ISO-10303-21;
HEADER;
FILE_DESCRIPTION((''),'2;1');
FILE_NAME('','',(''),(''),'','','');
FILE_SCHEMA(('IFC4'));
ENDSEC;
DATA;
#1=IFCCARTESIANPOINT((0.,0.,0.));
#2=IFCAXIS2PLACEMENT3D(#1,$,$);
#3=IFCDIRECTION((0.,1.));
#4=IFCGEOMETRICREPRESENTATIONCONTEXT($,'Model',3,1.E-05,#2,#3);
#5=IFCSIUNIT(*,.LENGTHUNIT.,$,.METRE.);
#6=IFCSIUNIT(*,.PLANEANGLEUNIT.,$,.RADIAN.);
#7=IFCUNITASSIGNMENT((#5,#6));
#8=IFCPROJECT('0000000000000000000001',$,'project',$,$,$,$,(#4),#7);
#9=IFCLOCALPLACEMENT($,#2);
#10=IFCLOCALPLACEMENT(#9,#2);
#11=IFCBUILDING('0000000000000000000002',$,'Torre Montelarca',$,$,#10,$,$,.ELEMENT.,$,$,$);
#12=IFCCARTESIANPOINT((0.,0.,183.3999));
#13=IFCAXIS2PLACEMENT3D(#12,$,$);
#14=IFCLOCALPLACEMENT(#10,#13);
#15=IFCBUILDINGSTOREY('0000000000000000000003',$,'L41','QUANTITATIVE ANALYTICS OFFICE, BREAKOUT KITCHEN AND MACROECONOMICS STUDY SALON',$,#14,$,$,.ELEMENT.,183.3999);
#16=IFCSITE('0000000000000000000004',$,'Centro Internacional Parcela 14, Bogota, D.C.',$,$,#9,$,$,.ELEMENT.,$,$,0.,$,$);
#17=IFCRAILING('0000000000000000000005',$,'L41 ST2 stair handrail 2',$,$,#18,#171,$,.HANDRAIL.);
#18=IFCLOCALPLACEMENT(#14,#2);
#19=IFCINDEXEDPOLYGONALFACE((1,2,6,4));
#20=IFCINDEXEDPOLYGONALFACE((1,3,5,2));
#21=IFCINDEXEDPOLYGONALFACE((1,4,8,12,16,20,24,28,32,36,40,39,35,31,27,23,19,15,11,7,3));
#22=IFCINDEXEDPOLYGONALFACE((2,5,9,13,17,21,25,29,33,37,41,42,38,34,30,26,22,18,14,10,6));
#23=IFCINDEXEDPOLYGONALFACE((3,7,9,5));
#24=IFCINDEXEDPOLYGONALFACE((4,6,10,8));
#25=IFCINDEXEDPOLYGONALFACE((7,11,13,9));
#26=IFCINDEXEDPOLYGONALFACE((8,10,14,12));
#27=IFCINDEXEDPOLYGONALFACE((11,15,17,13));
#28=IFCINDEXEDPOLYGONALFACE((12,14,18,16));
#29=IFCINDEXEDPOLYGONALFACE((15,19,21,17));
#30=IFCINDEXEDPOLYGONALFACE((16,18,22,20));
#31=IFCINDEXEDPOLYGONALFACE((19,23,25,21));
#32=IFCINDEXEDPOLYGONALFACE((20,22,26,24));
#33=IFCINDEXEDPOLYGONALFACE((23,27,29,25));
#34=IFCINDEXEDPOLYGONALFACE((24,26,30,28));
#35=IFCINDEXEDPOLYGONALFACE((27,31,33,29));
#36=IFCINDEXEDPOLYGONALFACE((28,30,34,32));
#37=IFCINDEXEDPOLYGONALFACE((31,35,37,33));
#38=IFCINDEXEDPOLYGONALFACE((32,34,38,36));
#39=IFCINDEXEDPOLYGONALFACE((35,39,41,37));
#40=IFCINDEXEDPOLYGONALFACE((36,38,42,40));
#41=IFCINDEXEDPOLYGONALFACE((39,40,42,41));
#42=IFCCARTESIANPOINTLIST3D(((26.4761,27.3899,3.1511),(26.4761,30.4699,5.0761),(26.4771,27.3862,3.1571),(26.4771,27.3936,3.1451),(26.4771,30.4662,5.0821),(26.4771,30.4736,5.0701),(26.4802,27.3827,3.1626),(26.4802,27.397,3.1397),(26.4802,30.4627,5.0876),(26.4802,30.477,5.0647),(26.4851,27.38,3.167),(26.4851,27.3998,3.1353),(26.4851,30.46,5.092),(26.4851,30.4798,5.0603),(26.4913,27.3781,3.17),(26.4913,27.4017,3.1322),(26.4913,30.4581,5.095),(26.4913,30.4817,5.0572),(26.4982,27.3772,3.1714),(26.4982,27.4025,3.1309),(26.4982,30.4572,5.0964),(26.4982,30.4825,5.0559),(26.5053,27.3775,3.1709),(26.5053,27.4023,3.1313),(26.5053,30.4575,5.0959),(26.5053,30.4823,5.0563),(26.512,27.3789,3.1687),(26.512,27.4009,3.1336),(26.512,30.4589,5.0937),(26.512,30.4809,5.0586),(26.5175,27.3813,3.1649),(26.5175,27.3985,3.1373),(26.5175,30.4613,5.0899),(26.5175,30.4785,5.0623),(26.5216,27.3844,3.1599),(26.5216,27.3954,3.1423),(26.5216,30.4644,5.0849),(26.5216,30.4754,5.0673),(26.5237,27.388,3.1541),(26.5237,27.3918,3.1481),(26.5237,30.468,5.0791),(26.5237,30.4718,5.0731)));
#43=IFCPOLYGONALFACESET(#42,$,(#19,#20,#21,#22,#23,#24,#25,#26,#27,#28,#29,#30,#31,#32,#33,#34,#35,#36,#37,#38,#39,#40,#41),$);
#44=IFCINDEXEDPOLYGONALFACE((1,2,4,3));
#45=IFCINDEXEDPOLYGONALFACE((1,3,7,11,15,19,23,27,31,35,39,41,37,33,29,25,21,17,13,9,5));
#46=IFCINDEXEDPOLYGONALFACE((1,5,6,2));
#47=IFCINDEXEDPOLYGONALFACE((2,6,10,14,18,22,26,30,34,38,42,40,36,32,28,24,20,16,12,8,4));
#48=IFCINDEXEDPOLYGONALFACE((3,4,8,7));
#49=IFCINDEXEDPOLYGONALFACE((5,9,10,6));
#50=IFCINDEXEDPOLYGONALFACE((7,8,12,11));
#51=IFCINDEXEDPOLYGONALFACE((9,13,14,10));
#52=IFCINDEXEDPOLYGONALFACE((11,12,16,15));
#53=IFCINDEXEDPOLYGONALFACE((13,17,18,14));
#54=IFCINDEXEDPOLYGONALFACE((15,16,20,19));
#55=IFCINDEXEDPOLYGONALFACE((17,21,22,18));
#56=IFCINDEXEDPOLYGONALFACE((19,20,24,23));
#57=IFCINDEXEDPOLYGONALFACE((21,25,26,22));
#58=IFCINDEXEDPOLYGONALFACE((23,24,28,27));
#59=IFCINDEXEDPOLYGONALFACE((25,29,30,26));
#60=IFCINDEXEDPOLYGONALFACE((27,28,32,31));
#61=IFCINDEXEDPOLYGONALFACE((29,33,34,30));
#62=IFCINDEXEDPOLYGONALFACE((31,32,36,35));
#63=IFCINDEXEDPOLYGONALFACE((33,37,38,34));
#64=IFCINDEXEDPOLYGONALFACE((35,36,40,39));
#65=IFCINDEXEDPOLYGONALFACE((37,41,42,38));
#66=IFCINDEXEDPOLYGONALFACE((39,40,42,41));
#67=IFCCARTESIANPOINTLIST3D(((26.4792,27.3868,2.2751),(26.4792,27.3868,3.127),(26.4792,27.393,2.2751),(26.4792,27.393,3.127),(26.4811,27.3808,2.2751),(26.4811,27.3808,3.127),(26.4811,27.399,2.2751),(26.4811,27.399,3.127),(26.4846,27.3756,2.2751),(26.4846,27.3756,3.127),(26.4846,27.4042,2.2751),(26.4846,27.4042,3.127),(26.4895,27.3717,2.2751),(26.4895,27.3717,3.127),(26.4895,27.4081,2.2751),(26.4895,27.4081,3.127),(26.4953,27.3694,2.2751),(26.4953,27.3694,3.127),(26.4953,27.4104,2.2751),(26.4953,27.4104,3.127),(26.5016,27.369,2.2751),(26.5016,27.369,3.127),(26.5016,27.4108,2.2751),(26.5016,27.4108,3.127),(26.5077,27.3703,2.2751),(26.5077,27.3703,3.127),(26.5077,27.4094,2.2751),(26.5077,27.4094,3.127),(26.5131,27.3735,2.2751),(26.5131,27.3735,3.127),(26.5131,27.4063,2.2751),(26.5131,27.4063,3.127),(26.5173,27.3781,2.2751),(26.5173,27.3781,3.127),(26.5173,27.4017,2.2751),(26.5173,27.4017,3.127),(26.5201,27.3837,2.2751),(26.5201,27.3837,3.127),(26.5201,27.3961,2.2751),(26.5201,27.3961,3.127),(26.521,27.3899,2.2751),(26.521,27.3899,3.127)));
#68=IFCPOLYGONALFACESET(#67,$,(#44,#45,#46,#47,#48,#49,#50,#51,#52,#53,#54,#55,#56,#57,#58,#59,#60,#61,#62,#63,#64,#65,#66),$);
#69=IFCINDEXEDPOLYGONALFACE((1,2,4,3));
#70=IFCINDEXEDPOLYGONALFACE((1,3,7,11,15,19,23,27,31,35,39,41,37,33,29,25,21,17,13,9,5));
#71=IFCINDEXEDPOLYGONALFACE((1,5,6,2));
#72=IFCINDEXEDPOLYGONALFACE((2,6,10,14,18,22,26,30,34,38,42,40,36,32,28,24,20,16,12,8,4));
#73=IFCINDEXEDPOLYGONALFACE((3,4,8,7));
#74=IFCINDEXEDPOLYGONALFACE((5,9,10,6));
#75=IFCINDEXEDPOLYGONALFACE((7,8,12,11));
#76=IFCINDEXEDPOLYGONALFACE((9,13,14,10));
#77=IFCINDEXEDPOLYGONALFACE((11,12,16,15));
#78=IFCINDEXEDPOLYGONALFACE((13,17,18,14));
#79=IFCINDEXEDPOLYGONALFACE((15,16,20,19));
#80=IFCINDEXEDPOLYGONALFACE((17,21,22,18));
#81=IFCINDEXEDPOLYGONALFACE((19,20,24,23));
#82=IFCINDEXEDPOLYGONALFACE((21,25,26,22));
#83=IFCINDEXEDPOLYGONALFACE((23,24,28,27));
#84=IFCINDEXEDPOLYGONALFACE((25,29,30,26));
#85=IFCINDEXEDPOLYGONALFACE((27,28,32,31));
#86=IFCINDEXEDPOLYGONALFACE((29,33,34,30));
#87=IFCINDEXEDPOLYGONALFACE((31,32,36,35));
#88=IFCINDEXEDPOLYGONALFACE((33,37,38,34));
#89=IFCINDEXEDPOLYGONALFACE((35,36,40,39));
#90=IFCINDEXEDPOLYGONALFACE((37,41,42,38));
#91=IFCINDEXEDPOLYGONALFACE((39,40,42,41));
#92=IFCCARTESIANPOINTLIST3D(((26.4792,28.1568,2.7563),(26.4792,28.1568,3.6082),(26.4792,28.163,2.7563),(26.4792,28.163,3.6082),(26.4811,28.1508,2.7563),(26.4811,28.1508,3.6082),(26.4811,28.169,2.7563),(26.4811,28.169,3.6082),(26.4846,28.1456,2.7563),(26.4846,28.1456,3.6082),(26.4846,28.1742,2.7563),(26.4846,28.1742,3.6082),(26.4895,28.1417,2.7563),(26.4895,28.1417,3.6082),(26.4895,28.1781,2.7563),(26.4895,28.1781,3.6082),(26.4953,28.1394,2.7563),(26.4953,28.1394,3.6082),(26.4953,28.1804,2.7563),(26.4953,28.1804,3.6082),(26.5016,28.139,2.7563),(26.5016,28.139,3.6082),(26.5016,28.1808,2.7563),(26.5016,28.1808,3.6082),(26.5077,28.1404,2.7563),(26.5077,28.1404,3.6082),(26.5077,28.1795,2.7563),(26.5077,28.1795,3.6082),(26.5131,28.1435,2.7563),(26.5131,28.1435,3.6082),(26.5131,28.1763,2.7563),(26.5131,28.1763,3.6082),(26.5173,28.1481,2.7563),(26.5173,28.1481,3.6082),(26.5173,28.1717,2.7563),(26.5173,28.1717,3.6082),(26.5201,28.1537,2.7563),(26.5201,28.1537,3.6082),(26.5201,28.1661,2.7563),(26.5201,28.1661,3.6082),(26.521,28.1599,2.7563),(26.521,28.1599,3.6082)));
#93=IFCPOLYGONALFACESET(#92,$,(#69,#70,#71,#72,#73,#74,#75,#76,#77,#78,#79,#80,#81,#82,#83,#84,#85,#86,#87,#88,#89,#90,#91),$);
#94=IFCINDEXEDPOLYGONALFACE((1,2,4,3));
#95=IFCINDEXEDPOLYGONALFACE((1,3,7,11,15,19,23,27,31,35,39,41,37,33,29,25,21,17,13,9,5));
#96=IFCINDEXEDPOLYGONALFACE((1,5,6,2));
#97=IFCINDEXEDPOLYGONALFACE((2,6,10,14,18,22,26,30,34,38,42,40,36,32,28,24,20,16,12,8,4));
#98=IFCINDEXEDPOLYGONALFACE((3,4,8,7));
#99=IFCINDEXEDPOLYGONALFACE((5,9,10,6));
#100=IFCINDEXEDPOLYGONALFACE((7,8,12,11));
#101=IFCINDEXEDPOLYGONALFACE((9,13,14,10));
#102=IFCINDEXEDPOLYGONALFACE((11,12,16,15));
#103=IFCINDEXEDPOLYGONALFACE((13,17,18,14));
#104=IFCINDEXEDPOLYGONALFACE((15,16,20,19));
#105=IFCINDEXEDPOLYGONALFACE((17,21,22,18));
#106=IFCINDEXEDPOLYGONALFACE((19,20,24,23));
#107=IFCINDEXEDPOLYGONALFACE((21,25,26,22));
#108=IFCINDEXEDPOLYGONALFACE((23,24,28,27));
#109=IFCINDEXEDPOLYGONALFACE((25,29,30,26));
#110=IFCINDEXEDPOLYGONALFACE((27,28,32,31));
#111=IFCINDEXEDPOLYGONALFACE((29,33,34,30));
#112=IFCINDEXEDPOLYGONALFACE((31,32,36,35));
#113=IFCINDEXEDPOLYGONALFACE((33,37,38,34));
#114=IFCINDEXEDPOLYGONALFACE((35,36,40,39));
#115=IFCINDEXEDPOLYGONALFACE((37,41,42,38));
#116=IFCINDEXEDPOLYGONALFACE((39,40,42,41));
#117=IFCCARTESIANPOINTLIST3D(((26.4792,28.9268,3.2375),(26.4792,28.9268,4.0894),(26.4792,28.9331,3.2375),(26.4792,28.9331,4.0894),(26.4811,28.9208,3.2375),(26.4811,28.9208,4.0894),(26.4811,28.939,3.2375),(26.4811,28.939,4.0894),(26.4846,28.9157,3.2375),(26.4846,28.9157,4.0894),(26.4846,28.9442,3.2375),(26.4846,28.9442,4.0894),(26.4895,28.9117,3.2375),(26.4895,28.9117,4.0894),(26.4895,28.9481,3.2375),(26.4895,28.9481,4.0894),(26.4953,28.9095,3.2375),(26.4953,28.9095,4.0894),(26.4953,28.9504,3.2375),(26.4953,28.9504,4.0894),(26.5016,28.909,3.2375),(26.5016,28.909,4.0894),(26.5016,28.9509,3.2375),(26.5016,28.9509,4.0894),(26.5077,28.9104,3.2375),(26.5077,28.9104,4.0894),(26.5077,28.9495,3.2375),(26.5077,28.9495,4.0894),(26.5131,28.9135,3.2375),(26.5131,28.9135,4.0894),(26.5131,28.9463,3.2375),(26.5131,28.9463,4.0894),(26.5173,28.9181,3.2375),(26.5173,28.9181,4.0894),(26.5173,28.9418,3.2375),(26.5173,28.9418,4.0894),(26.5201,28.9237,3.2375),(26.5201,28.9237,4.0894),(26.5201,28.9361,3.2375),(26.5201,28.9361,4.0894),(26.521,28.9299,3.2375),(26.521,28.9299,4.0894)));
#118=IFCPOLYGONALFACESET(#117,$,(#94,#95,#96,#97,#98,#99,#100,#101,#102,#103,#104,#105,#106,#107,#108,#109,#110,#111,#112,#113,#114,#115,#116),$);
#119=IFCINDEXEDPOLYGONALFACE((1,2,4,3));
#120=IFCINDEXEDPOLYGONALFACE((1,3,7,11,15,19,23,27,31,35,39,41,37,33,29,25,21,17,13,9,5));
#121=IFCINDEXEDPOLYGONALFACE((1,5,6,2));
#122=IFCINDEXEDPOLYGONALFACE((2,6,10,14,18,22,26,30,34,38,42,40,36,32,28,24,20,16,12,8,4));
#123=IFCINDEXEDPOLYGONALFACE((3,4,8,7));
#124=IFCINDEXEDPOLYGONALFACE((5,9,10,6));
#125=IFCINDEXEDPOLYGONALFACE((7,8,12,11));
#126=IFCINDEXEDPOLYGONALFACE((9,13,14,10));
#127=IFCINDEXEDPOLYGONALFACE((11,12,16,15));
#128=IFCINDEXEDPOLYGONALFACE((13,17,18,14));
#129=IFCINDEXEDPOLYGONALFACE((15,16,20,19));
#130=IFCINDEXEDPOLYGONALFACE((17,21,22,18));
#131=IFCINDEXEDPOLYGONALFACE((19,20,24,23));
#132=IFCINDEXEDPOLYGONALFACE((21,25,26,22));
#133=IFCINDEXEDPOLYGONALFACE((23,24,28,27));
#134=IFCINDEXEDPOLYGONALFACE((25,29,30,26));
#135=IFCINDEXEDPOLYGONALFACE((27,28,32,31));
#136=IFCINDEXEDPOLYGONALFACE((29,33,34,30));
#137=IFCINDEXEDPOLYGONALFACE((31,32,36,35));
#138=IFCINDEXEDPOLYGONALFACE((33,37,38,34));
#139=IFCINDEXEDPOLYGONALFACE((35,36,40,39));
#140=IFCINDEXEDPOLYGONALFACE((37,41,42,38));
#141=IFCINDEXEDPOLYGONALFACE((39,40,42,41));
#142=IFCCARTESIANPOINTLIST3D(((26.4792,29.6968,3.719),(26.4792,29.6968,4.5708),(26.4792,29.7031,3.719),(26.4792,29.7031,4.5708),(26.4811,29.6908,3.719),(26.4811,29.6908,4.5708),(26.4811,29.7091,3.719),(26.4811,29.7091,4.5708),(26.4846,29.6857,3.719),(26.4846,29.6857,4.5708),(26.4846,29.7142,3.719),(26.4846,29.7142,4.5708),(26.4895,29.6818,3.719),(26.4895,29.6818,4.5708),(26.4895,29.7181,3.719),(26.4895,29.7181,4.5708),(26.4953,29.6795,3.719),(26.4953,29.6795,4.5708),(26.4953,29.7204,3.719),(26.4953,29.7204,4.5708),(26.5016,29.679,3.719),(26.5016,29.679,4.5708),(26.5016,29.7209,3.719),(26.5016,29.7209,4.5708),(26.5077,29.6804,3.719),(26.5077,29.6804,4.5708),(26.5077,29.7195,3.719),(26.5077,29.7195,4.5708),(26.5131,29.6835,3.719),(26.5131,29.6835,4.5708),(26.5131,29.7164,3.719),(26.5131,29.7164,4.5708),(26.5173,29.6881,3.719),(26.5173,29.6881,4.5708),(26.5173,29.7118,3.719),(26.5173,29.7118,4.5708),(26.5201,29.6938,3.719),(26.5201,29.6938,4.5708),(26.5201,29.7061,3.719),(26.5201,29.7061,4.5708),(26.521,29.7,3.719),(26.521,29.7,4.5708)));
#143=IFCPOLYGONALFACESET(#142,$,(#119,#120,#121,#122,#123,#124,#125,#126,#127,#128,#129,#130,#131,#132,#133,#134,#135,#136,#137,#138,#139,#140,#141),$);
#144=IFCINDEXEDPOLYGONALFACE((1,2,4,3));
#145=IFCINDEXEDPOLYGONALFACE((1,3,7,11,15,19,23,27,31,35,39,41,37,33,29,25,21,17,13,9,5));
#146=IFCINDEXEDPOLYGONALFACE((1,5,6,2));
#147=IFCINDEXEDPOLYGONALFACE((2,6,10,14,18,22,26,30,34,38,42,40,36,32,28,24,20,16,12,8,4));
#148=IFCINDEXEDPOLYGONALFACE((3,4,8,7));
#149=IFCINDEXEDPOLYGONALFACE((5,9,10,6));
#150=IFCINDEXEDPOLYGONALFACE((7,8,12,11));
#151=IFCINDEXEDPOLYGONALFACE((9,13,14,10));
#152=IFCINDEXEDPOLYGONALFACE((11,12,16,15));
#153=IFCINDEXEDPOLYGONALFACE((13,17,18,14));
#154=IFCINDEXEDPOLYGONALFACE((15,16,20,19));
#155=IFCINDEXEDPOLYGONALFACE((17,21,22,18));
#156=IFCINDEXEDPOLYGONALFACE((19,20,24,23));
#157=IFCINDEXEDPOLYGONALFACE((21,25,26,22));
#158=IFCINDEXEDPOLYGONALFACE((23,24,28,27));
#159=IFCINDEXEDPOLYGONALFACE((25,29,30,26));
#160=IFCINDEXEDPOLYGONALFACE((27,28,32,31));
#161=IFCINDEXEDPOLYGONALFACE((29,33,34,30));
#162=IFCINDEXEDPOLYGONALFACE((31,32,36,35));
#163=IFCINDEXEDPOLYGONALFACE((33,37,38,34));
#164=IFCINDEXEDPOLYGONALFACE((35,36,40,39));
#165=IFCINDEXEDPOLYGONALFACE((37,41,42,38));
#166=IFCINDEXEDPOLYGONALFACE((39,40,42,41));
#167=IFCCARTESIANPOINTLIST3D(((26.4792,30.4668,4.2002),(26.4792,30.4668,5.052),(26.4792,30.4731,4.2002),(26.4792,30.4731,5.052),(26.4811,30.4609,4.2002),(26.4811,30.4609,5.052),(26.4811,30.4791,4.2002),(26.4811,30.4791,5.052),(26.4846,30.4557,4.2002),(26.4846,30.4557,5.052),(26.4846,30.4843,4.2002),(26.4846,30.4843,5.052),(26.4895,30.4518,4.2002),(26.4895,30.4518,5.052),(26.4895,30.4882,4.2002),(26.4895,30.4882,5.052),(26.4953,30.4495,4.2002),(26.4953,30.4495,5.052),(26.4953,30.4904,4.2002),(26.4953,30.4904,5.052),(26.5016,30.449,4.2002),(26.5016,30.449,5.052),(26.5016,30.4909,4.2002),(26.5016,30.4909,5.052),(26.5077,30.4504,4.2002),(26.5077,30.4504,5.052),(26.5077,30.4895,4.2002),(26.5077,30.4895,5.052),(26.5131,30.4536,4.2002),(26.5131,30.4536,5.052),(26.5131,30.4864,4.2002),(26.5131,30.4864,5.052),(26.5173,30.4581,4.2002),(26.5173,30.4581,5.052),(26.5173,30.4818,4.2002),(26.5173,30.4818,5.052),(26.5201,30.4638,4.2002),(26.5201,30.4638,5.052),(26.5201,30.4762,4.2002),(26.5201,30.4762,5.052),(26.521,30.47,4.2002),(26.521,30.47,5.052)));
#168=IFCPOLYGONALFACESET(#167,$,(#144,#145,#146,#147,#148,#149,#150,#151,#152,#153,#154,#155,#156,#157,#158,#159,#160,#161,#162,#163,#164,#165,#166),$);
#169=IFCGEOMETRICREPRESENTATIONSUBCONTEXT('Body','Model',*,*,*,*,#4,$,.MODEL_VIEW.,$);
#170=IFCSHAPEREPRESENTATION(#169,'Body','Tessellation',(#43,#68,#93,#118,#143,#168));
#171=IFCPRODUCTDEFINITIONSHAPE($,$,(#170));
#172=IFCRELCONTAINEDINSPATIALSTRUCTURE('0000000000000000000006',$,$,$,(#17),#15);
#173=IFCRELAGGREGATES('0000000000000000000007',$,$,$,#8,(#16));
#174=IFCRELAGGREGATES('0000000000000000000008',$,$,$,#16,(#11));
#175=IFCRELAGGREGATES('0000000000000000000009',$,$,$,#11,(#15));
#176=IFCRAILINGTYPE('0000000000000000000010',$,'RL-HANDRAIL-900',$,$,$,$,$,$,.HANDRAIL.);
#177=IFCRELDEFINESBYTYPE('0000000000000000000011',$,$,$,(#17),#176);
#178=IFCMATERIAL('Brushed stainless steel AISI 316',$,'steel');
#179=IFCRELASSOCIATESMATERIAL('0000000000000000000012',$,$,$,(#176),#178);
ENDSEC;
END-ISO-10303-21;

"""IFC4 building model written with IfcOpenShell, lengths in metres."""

from ifc_helpers import new_model, si_unit, direction, frame, origin, origin_2d, place, context, subcontext, project, spatial, circle, extrude, material, type_object, element, save


model = new_model("IFC4")

# Units and contexts
model_context = context("Model", 3, precision=1e-05, world=origin(), true_north=direction((0.0, 1.0)))
body_context = subcontext(model_context, "Body", "Model", "MODEL_VIEW")
ifc_project = project(units=[si_unit("LENGTHUNIT", "METRE"), si_unit("PLANEANGLEUNIT", "RADIAN")], contexts=[model_context])

# Site, building, storey
site_placement = place(None, origin())
site = spatial("IfcSite", under=ifc_project, at=site_placement, Name="Centro Internacional Parcela 14, Bogota, D.C.", CompositionType="ELEMENT", RefElevation=0.0)
building_placement = place(site_placement, origin())
building = spatial("IfcBuilding", under=site, at=building_placement, Name="Torre Montelarca", CompositionType="ELEMENT")
storey_placement = place(building_placement, frame((0.0, 0.0, 183.3999)))
storey = spatial("IfcBuildingStorey", under=building, at=storey_placement, Name="L41", Description="QUANTITATIVE ANALYTICS OFFICE, BREAKOUT KITCHEN AND MACROECONOMICS STUDY SALON", CompositionType="ELEMENT", Elevation=183.3999)

# Railing
ifc_material_1 = material(Name="Brushed stainless steel AISI 316", Category="steel")
railing_type_1 = type_object("IfcRailingType", Name="RL-HANDRAIL-900", PredefinedType="HANDRAIL", material=ifc_material_1)
railing_1_placement = place(storey_placement, frame((26.5, 27.3899, 2.2751)))
element("IfcRailing", 1, at=railing_1_placement, inside=storey, type_object=railing_type_1, Name="L41 ST2 stair handrail 2", PredefinedType="HANDRAIL", context=body_context, shape_type="SweptSolid", body=[
    extrude(circle(Radius=0.0239, at=origin_2d()), frame((0.0, 0.0, 0.876), z_axis=(0.0, 0.847998, 0.529999), x_axis=(-1.0, 0.0, 0.0)), (0.0, 0.0, 1.0), 3.6321),
    extrude(circle(Radius=0.021, at=origin_2d()), origin(), (0.0, 0.0, 1.0), 0.8518),
    extrude(circle(Radius=0.021, at=origin_2d()), frame((0.0, 0.77, 0.4812)), (0.0, 0.0, 1.0), 0.8518),
    extrude(circle(Radius=0.021, at=origin_2d()), frame((0.0, 1.54, 0.9624)), (0.0, 0.0, 1.0), 0.8518),
    extrude(circle(Radius=0.021, at=origin_2d()), frame((0.0, 2.3101, 1.4438)), (0.0, 0.0, 1.0), 0.8518),
    extrude(circle(Radius=0.021, at=origin_2d()), frame((0.0, 3.0801, 1.925)), (0.0, 0.0, 1.0), 0.8518),
])

save(model, "model.ifc")
